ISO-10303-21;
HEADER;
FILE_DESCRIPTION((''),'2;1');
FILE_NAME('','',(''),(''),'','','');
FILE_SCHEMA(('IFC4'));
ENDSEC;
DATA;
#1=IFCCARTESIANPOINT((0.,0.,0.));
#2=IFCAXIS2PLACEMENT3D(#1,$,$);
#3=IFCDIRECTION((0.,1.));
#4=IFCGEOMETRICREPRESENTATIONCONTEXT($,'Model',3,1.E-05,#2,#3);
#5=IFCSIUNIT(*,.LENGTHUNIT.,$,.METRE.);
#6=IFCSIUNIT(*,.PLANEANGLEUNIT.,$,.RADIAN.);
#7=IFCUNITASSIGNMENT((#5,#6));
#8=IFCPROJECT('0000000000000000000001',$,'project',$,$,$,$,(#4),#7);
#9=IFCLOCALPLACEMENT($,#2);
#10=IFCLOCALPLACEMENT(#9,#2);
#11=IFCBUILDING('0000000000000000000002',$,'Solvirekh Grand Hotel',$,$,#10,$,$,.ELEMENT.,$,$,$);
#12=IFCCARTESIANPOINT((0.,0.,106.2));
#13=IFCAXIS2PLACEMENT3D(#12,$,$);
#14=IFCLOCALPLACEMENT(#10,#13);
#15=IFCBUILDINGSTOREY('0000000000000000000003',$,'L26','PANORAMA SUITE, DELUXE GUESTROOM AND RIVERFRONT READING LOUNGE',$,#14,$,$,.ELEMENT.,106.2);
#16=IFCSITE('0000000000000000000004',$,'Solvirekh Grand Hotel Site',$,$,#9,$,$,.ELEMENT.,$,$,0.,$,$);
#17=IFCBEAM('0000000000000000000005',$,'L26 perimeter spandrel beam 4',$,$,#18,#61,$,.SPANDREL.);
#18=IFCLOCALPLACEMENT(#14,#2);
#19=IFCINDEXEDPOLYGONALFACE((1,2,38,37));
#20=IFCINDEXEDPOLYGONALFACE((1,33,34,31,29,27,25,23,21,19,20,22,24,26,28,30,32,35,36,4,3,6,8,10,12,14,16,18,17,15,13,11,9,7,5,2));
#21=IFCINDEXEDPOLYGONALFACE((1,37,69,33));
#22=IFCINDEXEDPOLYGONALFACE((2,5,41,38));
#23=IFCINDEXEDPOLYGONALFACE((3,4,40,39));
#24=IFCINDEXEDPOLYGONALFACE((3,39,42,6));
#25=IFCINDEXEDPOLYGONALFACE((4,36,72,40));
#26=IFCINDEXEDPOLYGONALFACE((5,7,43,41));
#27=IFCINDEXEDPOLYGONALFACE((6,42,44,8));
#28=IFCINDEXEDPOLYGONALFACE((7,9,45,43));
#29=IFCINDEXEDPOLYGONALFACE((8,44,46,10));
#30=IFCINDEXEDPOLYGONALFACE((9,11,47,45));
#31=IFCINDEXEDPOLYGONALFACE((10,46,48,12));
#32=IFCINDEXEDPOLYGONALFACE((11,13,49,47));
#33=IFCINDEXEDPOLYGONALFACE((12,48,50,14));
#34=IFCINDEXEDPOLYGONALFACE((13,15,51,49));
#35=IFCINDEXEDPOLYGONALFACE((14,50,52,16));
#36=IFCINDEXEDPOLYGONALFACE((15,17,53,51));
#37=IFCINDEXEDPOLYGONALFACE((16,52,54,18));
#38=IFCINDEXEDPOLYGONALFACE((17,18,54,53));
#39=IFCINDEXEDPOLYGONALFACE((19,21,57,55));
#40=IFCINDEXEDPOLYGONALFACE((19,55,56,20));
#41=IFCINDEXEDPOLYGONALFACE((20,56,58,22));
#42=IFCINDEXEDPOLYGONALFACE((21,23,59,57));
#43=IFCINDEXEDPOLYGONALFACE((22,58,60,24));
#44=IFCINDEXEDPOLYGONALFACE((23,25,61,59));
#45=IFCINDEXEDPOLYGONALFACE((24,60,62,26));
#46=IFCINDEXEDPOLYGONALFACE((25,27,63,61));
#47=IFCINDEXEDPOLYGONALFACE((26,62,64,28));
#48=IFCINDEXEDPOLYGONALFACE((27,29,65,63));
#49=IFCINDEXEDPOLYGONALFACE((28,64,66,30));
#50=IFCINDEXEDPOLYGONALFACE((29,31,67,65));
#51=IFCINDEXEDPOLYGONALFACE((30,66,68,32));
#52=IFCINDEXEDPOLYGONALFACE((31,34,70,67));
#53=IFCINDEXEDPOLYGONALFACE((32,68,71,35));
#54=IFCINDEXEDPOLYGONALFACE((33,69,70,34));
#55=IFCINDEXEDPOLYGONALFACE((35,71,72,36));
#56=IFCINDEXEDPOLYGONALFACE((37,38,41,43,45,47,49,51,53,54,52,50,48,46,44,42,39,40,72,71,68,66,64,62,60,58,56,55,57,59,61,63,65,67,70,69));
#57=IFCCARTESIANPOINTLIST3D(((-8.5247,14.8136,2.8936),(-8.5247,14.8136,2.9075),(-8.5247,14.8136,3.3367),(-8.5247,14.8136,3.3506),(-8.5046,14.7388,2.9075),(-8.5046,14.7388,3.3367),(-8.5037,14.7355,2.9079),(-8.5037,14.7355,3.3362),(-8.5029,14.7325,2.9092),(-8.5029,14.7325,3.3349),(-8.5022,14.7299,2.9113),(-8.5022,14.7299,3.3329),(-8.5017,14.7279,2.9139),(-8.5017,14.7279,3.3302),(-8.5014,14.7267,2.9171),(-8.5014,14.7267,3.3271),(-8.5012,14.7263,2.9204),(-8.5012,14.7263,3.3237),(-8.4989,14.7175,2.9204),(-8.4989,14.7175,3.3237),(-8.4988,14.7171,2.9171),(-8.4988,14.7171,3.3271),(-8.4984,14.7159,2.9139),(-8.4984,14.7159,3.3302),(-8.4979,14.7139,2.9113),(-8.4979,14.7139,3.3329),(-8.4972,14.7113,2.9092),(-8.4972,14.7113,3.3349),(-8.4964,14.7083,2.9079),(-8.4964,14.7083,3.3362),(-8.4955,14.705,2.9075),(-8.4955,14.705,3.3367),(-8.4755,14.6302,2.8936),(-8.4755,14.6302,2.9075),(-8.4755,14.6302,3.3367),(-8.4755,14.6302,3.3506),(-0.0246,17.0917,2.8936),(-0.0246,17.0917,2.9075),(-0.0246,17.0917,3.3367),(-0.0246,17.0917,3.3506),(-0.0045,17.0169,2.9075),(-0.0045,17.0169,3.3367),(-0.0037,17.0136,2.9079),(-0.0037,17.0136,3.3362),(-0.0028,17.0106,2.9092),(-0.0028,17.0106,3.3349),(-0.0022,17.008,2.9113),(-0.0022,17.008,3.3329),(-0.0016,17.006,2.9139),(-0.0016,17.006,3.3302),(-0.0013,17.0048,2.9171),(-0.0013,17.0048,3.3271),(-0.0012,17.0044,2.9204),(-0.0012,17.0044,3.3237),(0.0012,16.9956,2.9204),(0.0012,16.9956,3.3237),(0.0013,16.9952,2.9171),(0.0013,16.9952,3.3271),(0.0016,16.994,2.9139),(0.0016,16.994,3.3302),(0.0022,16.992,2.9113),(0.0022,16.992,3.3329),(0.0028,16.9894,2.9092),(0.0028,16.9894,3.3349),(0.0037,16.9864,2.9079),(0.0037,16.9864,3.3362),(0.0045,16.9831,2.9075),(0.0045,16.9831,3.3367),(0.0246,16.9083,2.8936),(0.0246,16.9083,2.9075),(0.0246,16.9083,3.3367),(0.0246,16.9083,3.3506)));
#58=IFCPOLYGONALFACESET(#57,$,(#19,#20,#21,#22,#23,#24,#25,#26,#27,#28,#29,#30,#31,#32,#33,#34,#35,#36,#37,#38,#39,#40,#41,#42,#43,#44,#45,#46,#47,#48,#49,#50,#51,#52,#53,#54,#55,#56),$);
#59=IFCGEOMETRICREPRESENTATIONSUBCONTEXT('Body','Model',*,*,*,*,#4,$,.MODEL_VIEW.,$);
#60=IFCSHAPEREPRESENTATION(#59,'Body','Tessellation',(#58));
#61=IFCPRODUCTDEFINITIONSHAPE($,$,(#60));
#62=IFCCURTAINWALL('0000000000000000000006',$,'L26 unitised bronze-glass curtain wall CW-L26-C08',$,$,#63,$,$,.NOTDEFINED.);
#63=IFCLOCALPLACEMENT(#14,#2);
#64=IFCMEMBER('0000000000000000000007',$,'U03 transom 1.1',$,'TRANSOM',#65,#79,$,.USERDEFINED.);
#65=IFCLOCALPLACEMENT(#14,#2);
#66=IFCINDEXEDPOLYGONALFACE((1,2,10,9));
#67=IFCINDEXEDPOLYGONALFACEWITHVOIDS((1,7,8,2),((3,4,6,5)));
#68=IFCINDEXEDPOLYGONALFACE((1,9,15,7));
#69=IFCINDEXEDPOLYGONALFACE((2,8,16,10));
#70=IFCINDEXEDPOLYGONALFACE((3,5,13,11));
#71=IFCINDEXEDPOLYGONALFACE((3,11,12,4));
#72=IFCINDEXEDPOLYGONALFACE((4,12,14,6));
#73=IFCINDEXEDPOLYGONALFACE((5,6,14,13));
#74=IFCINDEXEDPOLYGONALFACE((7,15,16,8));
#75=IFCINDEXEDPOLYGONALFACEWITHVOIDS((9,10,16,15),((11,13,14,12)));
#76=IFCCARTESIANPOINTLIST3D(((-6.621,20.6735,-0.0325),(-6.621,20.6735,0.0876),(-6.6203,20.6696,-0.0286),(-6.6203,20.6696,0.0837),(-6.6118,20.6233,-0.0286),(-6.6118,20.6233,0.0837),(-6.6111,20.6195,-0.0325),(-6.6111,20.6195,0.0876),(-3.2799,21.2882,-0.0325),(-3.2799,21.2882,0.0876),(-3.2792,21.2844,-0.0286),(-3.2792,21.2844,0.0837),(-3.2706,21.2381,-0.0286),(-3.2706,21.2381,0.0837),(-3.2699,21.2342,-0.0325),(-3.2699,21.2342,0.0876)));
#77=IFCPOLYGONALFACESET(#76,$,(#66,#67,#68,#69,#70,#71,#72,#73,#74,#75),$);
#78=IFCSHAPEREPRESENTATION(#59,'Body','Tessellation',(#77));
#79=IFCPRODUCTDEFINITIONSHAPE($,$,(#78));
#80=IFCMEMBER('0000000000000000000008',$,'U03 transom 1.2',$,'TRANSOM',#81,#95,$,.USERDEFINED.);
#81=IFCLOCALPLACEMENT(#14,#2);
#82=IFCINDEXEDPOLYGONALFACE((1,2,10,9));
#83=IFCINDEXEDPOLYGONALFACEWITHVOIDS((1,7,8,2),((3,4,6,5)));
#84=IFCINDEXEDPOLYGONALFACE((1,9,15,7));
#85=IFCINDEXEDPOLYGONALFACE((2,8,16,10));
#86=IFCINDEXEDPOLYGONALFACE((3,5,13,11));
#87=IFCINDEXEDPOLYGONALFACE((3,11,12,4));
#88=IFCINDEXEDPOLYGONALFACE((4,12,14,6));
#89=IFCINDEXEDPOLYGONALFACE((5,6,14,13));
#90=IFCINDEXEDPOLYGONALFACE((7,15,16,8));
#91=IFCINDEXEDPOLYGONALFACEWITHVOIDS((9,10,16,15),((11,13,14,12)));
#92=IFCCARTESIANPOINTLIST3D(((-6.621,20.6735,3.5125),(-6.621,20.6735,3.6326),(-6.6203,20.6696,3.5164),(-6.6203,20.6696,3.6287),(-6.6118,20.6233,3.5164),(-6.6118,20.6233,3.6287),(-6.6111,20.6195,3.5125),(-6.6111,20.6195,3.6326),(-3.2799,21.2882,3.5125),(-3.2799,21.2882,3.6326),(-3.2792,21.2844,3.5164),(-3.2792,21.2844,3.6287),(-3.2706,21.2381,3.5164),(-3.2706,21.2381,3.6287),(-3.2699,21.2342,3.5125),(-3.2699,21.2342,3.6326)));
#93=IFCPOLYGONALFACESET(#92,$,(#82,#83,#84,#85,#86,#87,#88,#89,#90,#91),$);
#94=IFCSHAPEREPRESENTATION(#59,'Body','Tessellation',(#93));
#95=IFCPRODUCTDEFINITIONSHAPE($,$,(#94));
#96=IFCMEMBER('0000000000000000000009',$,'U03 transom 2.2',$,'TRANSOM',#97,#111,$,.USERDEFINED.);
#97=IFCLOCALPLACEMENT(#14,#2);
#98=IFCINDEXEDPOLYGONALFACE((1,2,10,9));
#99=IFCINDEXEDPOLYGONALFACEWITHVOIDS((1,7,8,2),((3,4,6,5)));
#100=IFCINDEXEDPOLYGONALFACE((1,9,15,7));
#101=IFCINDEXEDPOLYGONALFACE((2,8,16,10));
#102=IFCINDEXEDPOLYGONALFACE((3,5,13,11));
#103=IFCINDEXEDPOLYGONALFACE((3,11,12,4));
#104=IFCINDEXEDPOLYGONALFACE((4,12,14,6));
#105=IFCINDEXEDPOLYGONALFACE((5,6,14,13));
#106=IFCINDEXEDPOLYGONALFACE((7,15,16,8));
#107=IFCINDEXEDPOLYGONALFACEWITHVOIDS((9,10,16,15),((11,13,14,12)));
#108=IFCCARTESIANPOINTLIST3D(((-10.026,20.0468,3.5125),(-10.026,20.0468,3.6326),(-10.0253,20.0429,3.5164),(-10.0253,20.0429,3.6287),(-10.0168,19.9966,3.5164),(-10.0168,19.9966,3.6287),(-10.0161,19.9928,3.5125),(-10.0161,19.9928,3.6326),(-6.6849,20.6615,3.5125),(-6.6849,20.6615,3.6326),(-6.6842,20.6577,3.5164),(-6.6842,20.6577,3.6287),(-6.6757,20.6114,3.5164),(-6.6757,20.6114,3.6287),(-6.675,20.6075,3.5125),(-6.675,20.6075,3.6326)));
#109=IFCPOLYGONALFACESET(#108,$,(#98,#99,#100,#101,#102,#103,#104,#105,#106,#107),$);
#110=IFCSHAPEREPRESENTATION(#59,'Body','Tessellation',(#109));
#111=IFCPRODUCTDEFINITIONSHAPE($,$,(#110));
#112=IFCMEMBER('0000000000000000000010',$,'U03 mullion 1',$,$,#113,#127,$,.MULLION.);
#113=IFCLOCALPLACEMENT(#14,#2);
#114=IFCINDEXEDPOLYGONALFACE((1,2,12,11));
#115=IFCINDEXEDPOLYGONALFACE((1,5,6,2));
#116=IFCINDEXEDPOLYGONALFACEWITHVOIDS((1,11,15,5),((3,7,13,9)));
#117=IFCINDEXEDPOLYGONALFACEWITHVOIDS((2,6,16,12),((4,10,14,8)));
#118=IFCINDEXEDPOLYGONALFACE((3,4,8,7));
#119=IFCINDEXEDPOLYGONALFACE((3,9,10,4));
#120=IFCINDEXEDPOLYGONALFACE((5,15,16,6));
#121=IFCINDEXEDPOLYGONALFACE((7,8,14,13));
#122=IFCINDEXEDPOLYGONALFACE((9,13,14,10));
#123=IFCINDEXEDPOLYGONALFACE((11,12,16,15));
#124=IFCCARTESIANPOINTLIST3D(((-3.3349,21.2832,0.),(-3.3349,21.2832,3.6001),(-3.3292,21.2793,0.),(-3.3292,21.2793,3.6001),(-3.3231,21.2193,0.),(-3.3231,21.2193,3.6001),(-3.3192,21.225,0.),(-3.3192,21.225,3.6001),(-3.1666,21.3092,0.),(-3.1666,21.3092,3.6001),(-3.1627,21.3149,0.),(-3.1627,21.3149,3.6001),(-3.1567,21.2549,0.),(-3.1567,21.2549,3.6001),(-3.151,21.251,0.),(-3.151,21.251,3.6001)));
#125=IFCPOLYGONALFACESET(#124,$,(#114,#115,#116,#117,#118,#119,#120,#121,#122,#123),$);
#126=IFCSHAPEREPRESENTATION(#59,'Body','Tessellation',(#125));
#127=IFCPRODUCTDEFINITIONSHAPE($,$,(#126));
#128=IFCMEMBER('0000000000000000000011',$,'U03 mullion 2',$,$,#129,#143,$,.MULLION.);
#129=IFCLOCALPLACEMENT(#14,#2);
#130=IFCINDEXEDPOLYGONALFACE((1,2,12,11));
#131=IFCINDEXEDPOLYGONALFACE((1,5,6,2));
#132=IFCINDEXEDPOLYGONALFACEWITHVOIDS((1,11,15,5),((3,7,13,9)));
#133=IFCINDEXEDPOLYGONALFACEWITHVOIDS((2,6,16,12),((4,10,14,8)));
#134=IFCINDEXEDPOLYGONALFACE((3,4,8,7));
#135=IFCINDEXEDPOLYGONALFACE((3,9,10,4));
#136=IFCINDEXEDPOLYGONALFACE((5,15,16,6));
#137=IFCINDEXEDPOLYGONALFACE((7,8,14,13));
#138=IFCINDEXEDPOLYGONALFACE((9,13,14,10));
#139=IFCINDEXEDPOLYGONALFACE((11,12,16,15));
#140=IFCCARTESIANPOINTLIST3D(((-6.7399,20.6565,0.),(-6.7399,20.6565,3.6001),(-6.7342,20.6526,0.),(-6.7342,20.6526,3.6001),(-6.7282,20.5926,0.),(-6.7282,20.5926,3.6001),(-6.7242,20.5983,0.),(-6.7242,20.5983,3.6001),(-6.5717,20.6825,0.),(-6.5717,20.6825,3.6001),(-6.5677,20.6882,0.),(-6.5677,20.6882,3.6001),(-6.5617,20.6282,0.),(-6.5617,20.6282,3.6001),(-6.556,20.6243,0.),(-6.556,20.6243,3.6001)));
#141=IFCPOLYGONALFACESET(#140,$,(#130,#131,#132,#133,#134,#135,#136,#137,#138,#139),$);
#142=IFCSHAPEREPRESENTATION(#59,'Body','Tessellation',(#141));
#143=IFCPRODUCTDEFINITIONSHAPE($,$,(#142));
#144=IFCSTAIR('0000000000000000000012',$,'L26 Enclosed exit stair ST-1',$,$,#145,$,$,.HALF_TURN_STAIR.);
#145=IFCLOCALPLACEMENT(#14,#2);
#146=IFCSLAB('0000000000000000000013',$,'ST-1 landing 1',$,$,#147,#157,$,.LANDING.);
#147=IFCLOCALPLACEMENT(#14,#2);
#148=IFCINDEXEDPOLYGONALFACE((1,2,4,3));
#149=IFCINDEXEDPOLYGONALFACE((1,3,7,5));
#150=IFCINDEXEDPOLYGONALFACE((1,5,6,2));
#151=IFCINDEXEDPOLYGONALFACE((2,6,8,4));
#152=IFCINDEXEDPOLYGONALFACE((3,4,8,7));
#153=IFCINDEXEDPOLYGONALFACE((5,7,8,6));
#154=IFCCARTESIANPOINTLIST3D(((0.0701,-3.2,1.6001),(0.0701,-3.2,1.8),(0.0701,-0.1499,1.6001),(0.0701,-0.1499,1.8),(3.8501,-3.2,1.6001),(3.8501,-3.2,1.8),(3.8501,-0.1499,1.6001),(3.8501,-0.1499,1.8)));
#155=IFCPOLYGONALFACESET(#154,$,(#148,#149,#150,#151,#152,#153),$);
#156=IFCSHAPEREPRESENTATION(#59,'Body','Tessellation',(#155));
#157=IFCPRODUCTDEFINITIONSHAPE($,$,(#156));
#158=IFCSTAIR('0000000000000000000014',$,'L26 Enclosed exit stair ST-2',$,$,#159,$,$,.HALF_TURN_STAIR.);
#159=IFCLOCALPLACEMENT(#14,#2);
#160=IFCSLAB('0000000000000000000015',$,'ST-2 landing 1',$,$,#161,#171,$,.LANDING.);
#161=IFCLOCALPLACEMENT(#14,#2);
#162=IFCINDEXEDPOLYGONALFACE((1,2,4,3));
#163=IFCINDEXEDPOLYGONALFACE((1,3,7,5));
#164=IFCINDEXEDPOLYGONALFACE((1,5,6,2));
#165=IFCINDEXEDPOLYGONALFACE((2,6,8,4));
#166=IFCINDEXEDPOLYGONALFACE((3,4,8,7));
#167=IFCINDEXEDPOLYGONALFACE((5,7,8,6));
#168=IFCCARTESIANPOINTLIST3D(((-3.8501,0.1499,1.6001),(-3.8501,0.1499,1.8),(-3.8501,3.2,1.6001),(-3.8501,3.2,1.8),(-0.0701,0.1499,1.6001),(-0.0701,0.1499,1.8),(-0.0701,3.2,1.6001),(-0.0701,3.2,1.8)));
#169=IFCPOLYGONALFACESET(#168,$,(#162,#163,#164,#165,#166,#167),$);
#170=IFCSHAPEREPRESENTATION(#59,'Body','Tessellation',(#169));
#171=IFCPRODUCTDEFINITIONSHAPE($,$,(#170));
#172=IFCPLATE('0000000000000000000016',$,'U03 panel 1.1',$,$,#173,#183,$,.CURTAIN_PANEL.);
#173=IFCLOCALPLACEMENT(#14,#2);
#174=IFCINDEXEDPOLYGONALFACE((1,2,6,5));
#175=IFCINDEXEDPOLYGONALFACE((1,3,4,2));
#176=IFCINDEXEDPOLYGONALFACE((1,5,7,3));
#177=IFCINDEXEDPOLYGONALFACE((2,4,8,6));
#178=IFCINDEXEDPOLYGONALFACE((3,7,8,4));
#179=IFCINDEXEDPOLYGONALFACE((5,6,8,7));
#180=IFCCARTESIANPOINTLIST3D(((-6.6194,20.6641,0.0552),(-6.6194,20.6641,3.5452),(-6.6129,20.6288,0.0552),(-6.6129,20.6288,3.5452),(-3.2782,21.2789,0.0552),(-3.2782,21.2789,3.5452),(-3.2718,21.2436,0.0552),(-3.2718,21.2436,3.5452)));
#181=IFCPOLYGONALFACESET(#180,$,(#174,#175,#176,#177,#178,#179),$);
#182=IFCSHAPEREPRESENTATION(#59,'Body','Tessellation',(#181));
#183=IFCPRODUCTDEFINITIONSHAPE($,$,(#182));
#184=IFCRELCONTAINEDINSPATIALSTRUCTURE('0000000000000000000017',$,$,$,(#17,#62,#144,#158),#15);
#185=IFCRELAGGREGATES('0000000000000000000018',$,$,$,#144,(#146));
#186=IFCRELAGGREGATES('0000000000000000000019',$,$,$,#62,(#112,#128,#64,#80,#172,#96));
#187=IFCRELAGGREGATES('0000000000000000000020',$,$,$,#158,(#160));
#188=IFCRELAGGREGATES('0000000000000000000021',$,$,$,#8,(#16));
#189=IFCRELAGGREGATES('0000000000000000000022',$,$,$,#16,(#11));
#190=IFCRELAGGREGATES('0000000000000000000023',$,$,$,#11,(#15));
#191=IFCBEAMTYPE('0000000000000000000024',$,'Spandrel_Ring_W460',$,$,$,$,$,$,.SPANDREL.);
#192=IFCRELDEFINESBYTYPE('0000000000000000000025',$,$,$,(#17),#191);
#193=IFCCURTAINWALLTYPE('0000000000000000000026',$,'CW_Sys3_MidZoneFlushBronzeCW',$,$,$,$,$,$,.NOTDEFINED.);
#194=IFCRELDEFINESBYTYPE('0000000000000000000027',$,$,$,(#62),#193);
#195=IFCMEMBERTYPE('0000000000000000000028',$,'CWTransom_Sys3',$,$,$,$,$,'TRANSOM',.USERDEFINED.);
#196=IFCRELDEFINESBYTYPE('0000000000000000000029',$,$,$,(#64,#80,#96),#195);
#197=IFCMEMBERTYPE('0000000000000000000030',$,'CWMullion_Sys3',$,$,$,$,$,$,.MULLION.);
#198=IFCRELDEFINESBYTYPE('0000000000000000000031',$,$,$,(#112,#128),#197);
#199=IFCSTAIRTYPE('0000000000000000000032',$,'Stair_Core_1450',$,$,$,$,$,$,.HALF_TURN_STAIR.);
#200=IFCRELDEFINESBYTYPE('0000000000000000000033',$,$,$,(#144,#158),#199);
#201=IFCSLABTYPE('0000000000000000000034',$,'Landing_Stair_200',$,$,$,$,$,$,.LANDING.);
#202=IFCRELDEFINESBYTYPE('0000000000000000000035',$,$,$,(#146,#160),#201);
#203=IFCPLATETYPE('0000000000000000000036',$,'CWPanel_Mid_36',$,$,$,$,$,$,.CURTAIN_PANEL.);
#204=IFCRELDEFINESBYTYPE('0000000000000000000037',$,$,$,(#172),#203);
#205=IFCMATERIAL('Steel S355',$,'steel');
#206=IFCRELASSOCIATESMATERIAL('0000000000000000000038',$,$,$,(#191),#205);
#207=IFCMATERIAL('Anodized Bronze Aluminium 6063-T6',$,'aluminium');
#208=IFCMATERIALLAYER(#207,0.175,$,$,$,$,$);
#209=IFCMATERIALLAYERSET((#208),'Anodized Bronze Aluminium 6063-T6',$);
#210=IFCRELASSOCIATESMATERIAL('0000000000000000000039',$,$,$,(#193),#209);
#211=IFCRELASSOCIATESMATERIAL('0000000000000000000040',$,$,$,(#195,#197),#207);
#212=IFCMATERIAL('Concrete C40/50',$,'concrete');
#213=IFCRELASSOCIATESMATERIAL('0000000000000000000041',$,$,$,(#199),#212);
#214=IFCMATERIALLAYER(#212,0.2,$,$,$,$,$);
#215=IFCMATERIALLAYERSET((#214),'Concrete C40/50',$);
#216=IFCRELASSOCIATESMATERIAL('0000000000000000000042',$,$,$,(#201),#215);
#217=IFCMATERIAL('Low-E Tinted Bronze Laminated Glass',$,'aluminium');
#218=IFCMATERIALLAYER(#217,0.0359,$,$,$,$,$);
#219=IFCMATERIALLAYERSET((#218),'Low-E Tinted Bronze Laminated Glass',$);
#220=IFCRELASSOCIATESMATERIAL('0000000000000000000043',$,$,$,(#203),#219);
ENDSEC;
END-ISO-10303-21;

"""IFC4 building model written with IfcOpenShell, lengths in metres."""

from ifc_helpers import new_model, si_unit, direction, frame, origin, origin_2d, place, context, subcontext, project, spatial, polyline, rectangle, hollow_rectangle, i_section, outline, extrude, source, transform, mapped, material, layer, layer_set, material_profile, profile_set, type_object, element, aggregate, save


model = new_model("IFC4")

# Units and contexts
model_context = context("Model", 3, precision=1e-05, world=origin(), true_north=direction((0.0, 1.0)))
body_context = subcontext(model_context, "Body", "Model", "MODEL_VIEW")
ifc_project = project(units=[si_unit("LENGTHUNIT", "METRE"), si_unit("PLANEANGLEUNIT", "RADIAN")], contexts=[model_context])

# Site, building, storey
site_placement = place(None, origin())
site = spatial("IfcSite", under=ifc_project, at=site_placement, Name="Solvirekh Grand Hotel Site", CompositionType="ELEMENT", RefElevation=0.0)
building_placement = place(site_placement, origin())
building = spatial("IfcBuilding", under=site, at=building_placement, Name="Solvirekh Grand Hotel", CompositionType="ELEMENT")
storey_placement = place(building_placement, frame((0.0, 0.0, 106.2)))
storey = spatial("IfcBuildingStorey", under=building, at=storey_placement, Name="L26", Description="PANORAMA SUITE, DELUXE GUESTROOM AND RIVERFRONT READING LOUNGE", CompositionType="ELEMENT", Elevation=106.2)

# Beam
ifc_material_1 = material(Name="Steel S355", Category="steel")
ifc_material_profile_1 = material_profile(ifc_material_1, i_section(OverallWidth=0.1899, OverallDepth=0.457, WebThickness=0.009, FlangeThickness=0.0139, FilletRadius=0.0129, at=origin_2d()), Name="W460X74")
ifc_profile_set_1 = profile_set([ifc_material_profile_1], Name="Steel S355")
beam_type_1 = type_object("IfcBeamType", Name="Spandrel_Ring_W460", PredefinedType="SPANDREL", material=ifc_profile_set_1)
beam_1_placement = place(storey_placement, frame((0.0, 17.0, 3.1221), z_axis=(-0.965911, -0.258873, 0.0), x_axis=(0.258873, -0.965911, 0.0)))
element("IfcBeam", 1, at=beam_1_placement, inside=storey, type_object=beam_type_1, Name="L26 perimeter spandrel beam 4", PredefinedType="SPANDREL", context=body_context, shape_type="SweptSolid", body=[
    extrude(i_section(OverallWidth=0.1899, OverallDepth=0.457, WebThickness=0.009, FlangeThickness=0.0139, FilletRadius=0.0129, at=origin_2d()), origin(), (0.0, 0.0, 1.0), 8.8),
])

# Curtain wall, members
ifc_material_2 = material(Name="Anodized Bronze Aluminium 6063-T6", Category="aluminium")
ifc_layer_1 = layer(ifc_material_2, 0.175)
ifc_layer_set_1 = layer_set([ifc_layer_1], Name="Anodized Bronze Aluminium 6063-T6")
curtain_wall_type = type_object("IfcCurtainWallType", Name="CW_Sys3_MidZoneFlushBronzeCW", PredefinedType="NOTDEFINED", material=ifc_layer_set_1)
curtain_wall_placement = place(storey_placement, origin())
curtain_wall = element("IfcCurtainWall", 2, at=curtain_wall_placement, inside=storey, type_object=curtain_wall_type, Name="L26 unitised bronze-glass curtain wall CW-L26-C08", PredefinedType="NOTDEFINED")
ifc_material_profile_2 = material_profile(ifc_material_2, hollow_rectangle(XDim=0.0549, YDim=0.1201, WallThickness=0.0039, at=origin_2d()), Name="ALU RHS 120X55X4")
ifc_profile_set_2 = profile_set([ifc_material_profile_2], Name="Anodized Bronze Aluminium 6063-T6")
member_type_1 = type_object("IfcMemberType", Name="CWTransom_Sys3", ElementType="TRANSOM", PredefinedType="USERDEFINED", material=ifc_profile_set_2)
shared_shape_1 = source(origin(), body_context, "Body", "SweptSolid", [
    extrude(hollow_rectangle(XDim=0.0549, YDim=0.1201, WallThickness=0.0039, at=origin_2d()), origin(), (0.0, 0.0, 1.0), 3.3972),
])
member_1_placement = place(storey_placement, frame((-3.2749, 21.2612, 0.0276), z_axis=(-0.983491, -0.180959, 0.0), x_axis=(0.180959, -0.983491, 0.0)))
member_1 = element("IfcMember", 3, at=member_1_placement, type_object=member_type_1, Name="U03 transom 1.1", ObjectType="TRANSOM", PredefinedType="USERDEFINED", context=body_context, shape_type="MappedRepresentation", body=[
    mapped(shared_shape_1, transform((0.0, 0.0, 0.0), x_axis=(1.0, 0.0, 0.0), y_axis=(0.0, 1.0, 0.0), z_axis=(0.0, 0.0, 1.0), scale=1.0)),
])
member_2_placement = place(storey_placement, frame((-3.2749, 21.2612, 3.5725), z_axis=(-0.983491, -0.180959, 0.0), x_axis=(0.180959, -0.983491, 0.0)))
member_2 = element("IfcMember", 4, at=member_2_placement, type_object=member_type_1, Name="U03 transom 1.2", ObjectType="TRANSOM", PredefinedType="USERDEFINED", context=body_context, shape_type="MappedRepresentation", body=[
    mapped(shared_shape_1, transform((0.0, 0.0, 0.0), x_axis=(1.0, 0.0, 0.0), y_axis=(0.0, 1.0, 0.0), z_axis=(0.0, 0.0, 1.0), scale=1.0)),
])
member_3_placement = place(storey_placement, frame((-6.6799, 20.6345, 3.5725), z_axis=(-0.983491, -0.180959, 0.0), x_axis=(0.180959, -0.983491, 0.0)))
member_3 = element("IfcMember", 5, at=member_3_placement, type_object=member_type_1, Name="U03 transom 2.2", ObjectType="TRANSOM", PredefinedType="USERDEFINED", context=body_context, shape_type="MappedRepresentation", body=[
    mapped(shared_shape_1, transform((0.0, 0.0, 0.0), x_axis=(1.0, 0.0, 0.0), y_axis=(0.0, 1.0, 0.0), z_axis=(0.0, 0.0, 1.0), scale=1.0)),
])
ifc_material_profile_3 = material_profile(ifc_material_2, hollow_rectangle(XDim=0.0649, YDim=0.175, WallThickness=0.0049, at=origin_2d()), Name="ALU RHS 175X65X5")
ifc_profile_set_3 = profile_set([ifc_material_profile_3], Name="Anodized Bronze Aluminium 6063-T6")
member_type_2 = type_object("IfcMemberType", Name="CWMullion_Sys3", PredefinedType="MULLION", material=ifc_profile_set_3)
shared_shape_2 = source(origin(), body_context, "Body", "SweptSolid", [
    extrude(hollow_rectangle(XDim=0.0649, YDim=0.175, WallThickness=0.0049, at=origin_2d()), origin(), (0.0, 0.0, 1.0), 3.6001),
])
member_4_placement = place(storey_placement, frame((-3.2429, 21.2671, 0.0), z_axis=(0.0, 0.0, 1.0), x_axis=(0.180988, -0.983485, 0.0)))
member_4 = element("IfcMember", 6, at=member_4_placement, type_object=member_type_2, Name="U03 mullion 1", PredefinedType="MULLION", context=body_context, shape_type="MappedRepresentation", body=[
    mapped(shared_shape_2, transform((0.0, 0.0, 0.0), x_axis=(1.0, 0.0, 0.0), y_axis=(0.0, 1.0, 0.0), z_axis=(0.0, 0.0, 1.0), scale=1.0)),
])
member_5_placement = place(storey_placement, frame((-6.6479, 20.6404, 0.0), z_axis=(0.0, 0.0, 1.0), x_axis=(0.180988, -0.983485, 0.0)))
member_5 = element("IfcMember", 7, at=member_5_placement, type_object=member_type_2, Name="U03 mullion 2", PredefinedType="MULLION", context=body_context, shape_type="MappedRepresentation", body=[
    mapped(shared_shape_2, transform((0.0, 0.0, 0.0), x_axis=(1.0, 0.0, 0.0), y_axis=(0.0, 1.0, 0.0), z_axis=(0.0, 0.0, 1.0), scale=1.0)),
])

# Stairs, slabs
ifc_material_3 = material(Name="Concrete C40/50", Category="concrete")
stair_type = type_object("IfcStairType", Name="Stair_Core_1450", PredefinedType="HALF_TURN_STAIR", material=ifc_material_3)
stair_1_placement = place(storey_placement, origin())
stair_1 = element("IfcStair", 8, at=stair_1_placement, inside=storey, type_object=stair_type, Name="L26 Enclosed exit stair ST-1", PredefinedType="HALF_TURN_STAIR")
ifc_layer_2 = layer(ifc_material_3, 0.2)
ifc_layer_set_2 = layer_set([ifc_layer_2], Name="Concrete C40/50")
slab_type = type_object("IfcSlabType", Name="Landing_Stair_200", PredefinedType="LANDING", material=ifc_layer_set_2)
slab_1_placement = place(storey_placement, frame((0.0, 0.0, 1.6001)))
slab_1 = element("IfcSlab", 9, at=slab_1_placement, type_object=slab_type, Name="ST-1 landing 1", PredefinedType="LANDING", context=body_context, shape_type="SweptSolid", body=[
    extrude(outline(polyline([(0.0701, -3.2), (3.8501, -3.2), (3.8501, -0.1499), (0.0701, -0.1499), (0.0701, -3.2)])), origin(), (0.0, 0.0, 1.0), 0.2),
])
aggregate(stair_1, [slab_1])
stair_2_placement = place(storey_placement, origin())
stair_2 = element("IfcStair", 10, at=stair_2_placement, inside=storey, type_object=stair_type, Name="L26 Enclosed exit stair ST-2", PredefinedType="HALF_TURN_STAIR")
slab_2_placement = place(storey_placement, frame((0.0, 0.0, 1.6001)))
slab_2 = element("IfcSlab", 11, at=slab_2_placement, type_object=slab_type, Name="ST-2 landing 1", PredefinedType="LANDING", context=body_context, shape_type="SweptSolid", body=[
    extrude(outline(polyline([(-0.0701, 3.2), (-3.8501, 3.2), (-3.8501, 0.1499), (-0.0701, 0.1499), (-0.0701, 3.2)])), origin(), (0.0, 0.0, 1.0), 0.2),
])

# Plate
ifc_material_4 = material(Name="Low-E Tinted Bronze Laminated Glass", Category="aluminium")
ifc_layer_3 = layer(ifc_material_4, 0.0359)
ifc_layer_set_3 = layer_set([ifc_layer_3], Name="Low-E Tinted Bronze Laminated Glass")
plate_type = type_object("IfcPlateType", Name="CWPanel_Mid_36", PredefinedType="CURTAIN_PANEL", material=ifc_layer_set_3)
shared_shape_3 = source(origin(), body_context, "Body", "SweptSolid", [
    extrude(rectangle(XDim=3.3972, YDim=0.0359, at=origin_2d()), origin(), (0.0, 0.0, 1.0), 3.49),
])
plate_placement = place(storey_placement, frame((-4.9456, 20.9539, 0.0552), z_axis=(0.0, 0.0, 1.0), x_axis=(-0.983485, -0.180988, 0.0)))
plate = element("IfcPlate", 12, at=plate_placement, type_object=plate_type, Name="U03 panel 1.1", PredefinedType="CURTAIN_PANEL", context=body_context, shape_type="MappedRepresentation", body=[
    mapped(shared_shape_3, transform((0.0, 0.0, 0.0), x_axis=(1.0, 0.0, 0.0), y_axis=(0.0, 1.0, 0.0), z_axis=(0.0, 0.0, 1.0), scale=1.0)),
])
aggregate(curtain_wall, [member_4, member_5, member_1, member_2, plate, member_3])

aggregate(stair_2, [slab_2])

save(model, "model.ifc")
